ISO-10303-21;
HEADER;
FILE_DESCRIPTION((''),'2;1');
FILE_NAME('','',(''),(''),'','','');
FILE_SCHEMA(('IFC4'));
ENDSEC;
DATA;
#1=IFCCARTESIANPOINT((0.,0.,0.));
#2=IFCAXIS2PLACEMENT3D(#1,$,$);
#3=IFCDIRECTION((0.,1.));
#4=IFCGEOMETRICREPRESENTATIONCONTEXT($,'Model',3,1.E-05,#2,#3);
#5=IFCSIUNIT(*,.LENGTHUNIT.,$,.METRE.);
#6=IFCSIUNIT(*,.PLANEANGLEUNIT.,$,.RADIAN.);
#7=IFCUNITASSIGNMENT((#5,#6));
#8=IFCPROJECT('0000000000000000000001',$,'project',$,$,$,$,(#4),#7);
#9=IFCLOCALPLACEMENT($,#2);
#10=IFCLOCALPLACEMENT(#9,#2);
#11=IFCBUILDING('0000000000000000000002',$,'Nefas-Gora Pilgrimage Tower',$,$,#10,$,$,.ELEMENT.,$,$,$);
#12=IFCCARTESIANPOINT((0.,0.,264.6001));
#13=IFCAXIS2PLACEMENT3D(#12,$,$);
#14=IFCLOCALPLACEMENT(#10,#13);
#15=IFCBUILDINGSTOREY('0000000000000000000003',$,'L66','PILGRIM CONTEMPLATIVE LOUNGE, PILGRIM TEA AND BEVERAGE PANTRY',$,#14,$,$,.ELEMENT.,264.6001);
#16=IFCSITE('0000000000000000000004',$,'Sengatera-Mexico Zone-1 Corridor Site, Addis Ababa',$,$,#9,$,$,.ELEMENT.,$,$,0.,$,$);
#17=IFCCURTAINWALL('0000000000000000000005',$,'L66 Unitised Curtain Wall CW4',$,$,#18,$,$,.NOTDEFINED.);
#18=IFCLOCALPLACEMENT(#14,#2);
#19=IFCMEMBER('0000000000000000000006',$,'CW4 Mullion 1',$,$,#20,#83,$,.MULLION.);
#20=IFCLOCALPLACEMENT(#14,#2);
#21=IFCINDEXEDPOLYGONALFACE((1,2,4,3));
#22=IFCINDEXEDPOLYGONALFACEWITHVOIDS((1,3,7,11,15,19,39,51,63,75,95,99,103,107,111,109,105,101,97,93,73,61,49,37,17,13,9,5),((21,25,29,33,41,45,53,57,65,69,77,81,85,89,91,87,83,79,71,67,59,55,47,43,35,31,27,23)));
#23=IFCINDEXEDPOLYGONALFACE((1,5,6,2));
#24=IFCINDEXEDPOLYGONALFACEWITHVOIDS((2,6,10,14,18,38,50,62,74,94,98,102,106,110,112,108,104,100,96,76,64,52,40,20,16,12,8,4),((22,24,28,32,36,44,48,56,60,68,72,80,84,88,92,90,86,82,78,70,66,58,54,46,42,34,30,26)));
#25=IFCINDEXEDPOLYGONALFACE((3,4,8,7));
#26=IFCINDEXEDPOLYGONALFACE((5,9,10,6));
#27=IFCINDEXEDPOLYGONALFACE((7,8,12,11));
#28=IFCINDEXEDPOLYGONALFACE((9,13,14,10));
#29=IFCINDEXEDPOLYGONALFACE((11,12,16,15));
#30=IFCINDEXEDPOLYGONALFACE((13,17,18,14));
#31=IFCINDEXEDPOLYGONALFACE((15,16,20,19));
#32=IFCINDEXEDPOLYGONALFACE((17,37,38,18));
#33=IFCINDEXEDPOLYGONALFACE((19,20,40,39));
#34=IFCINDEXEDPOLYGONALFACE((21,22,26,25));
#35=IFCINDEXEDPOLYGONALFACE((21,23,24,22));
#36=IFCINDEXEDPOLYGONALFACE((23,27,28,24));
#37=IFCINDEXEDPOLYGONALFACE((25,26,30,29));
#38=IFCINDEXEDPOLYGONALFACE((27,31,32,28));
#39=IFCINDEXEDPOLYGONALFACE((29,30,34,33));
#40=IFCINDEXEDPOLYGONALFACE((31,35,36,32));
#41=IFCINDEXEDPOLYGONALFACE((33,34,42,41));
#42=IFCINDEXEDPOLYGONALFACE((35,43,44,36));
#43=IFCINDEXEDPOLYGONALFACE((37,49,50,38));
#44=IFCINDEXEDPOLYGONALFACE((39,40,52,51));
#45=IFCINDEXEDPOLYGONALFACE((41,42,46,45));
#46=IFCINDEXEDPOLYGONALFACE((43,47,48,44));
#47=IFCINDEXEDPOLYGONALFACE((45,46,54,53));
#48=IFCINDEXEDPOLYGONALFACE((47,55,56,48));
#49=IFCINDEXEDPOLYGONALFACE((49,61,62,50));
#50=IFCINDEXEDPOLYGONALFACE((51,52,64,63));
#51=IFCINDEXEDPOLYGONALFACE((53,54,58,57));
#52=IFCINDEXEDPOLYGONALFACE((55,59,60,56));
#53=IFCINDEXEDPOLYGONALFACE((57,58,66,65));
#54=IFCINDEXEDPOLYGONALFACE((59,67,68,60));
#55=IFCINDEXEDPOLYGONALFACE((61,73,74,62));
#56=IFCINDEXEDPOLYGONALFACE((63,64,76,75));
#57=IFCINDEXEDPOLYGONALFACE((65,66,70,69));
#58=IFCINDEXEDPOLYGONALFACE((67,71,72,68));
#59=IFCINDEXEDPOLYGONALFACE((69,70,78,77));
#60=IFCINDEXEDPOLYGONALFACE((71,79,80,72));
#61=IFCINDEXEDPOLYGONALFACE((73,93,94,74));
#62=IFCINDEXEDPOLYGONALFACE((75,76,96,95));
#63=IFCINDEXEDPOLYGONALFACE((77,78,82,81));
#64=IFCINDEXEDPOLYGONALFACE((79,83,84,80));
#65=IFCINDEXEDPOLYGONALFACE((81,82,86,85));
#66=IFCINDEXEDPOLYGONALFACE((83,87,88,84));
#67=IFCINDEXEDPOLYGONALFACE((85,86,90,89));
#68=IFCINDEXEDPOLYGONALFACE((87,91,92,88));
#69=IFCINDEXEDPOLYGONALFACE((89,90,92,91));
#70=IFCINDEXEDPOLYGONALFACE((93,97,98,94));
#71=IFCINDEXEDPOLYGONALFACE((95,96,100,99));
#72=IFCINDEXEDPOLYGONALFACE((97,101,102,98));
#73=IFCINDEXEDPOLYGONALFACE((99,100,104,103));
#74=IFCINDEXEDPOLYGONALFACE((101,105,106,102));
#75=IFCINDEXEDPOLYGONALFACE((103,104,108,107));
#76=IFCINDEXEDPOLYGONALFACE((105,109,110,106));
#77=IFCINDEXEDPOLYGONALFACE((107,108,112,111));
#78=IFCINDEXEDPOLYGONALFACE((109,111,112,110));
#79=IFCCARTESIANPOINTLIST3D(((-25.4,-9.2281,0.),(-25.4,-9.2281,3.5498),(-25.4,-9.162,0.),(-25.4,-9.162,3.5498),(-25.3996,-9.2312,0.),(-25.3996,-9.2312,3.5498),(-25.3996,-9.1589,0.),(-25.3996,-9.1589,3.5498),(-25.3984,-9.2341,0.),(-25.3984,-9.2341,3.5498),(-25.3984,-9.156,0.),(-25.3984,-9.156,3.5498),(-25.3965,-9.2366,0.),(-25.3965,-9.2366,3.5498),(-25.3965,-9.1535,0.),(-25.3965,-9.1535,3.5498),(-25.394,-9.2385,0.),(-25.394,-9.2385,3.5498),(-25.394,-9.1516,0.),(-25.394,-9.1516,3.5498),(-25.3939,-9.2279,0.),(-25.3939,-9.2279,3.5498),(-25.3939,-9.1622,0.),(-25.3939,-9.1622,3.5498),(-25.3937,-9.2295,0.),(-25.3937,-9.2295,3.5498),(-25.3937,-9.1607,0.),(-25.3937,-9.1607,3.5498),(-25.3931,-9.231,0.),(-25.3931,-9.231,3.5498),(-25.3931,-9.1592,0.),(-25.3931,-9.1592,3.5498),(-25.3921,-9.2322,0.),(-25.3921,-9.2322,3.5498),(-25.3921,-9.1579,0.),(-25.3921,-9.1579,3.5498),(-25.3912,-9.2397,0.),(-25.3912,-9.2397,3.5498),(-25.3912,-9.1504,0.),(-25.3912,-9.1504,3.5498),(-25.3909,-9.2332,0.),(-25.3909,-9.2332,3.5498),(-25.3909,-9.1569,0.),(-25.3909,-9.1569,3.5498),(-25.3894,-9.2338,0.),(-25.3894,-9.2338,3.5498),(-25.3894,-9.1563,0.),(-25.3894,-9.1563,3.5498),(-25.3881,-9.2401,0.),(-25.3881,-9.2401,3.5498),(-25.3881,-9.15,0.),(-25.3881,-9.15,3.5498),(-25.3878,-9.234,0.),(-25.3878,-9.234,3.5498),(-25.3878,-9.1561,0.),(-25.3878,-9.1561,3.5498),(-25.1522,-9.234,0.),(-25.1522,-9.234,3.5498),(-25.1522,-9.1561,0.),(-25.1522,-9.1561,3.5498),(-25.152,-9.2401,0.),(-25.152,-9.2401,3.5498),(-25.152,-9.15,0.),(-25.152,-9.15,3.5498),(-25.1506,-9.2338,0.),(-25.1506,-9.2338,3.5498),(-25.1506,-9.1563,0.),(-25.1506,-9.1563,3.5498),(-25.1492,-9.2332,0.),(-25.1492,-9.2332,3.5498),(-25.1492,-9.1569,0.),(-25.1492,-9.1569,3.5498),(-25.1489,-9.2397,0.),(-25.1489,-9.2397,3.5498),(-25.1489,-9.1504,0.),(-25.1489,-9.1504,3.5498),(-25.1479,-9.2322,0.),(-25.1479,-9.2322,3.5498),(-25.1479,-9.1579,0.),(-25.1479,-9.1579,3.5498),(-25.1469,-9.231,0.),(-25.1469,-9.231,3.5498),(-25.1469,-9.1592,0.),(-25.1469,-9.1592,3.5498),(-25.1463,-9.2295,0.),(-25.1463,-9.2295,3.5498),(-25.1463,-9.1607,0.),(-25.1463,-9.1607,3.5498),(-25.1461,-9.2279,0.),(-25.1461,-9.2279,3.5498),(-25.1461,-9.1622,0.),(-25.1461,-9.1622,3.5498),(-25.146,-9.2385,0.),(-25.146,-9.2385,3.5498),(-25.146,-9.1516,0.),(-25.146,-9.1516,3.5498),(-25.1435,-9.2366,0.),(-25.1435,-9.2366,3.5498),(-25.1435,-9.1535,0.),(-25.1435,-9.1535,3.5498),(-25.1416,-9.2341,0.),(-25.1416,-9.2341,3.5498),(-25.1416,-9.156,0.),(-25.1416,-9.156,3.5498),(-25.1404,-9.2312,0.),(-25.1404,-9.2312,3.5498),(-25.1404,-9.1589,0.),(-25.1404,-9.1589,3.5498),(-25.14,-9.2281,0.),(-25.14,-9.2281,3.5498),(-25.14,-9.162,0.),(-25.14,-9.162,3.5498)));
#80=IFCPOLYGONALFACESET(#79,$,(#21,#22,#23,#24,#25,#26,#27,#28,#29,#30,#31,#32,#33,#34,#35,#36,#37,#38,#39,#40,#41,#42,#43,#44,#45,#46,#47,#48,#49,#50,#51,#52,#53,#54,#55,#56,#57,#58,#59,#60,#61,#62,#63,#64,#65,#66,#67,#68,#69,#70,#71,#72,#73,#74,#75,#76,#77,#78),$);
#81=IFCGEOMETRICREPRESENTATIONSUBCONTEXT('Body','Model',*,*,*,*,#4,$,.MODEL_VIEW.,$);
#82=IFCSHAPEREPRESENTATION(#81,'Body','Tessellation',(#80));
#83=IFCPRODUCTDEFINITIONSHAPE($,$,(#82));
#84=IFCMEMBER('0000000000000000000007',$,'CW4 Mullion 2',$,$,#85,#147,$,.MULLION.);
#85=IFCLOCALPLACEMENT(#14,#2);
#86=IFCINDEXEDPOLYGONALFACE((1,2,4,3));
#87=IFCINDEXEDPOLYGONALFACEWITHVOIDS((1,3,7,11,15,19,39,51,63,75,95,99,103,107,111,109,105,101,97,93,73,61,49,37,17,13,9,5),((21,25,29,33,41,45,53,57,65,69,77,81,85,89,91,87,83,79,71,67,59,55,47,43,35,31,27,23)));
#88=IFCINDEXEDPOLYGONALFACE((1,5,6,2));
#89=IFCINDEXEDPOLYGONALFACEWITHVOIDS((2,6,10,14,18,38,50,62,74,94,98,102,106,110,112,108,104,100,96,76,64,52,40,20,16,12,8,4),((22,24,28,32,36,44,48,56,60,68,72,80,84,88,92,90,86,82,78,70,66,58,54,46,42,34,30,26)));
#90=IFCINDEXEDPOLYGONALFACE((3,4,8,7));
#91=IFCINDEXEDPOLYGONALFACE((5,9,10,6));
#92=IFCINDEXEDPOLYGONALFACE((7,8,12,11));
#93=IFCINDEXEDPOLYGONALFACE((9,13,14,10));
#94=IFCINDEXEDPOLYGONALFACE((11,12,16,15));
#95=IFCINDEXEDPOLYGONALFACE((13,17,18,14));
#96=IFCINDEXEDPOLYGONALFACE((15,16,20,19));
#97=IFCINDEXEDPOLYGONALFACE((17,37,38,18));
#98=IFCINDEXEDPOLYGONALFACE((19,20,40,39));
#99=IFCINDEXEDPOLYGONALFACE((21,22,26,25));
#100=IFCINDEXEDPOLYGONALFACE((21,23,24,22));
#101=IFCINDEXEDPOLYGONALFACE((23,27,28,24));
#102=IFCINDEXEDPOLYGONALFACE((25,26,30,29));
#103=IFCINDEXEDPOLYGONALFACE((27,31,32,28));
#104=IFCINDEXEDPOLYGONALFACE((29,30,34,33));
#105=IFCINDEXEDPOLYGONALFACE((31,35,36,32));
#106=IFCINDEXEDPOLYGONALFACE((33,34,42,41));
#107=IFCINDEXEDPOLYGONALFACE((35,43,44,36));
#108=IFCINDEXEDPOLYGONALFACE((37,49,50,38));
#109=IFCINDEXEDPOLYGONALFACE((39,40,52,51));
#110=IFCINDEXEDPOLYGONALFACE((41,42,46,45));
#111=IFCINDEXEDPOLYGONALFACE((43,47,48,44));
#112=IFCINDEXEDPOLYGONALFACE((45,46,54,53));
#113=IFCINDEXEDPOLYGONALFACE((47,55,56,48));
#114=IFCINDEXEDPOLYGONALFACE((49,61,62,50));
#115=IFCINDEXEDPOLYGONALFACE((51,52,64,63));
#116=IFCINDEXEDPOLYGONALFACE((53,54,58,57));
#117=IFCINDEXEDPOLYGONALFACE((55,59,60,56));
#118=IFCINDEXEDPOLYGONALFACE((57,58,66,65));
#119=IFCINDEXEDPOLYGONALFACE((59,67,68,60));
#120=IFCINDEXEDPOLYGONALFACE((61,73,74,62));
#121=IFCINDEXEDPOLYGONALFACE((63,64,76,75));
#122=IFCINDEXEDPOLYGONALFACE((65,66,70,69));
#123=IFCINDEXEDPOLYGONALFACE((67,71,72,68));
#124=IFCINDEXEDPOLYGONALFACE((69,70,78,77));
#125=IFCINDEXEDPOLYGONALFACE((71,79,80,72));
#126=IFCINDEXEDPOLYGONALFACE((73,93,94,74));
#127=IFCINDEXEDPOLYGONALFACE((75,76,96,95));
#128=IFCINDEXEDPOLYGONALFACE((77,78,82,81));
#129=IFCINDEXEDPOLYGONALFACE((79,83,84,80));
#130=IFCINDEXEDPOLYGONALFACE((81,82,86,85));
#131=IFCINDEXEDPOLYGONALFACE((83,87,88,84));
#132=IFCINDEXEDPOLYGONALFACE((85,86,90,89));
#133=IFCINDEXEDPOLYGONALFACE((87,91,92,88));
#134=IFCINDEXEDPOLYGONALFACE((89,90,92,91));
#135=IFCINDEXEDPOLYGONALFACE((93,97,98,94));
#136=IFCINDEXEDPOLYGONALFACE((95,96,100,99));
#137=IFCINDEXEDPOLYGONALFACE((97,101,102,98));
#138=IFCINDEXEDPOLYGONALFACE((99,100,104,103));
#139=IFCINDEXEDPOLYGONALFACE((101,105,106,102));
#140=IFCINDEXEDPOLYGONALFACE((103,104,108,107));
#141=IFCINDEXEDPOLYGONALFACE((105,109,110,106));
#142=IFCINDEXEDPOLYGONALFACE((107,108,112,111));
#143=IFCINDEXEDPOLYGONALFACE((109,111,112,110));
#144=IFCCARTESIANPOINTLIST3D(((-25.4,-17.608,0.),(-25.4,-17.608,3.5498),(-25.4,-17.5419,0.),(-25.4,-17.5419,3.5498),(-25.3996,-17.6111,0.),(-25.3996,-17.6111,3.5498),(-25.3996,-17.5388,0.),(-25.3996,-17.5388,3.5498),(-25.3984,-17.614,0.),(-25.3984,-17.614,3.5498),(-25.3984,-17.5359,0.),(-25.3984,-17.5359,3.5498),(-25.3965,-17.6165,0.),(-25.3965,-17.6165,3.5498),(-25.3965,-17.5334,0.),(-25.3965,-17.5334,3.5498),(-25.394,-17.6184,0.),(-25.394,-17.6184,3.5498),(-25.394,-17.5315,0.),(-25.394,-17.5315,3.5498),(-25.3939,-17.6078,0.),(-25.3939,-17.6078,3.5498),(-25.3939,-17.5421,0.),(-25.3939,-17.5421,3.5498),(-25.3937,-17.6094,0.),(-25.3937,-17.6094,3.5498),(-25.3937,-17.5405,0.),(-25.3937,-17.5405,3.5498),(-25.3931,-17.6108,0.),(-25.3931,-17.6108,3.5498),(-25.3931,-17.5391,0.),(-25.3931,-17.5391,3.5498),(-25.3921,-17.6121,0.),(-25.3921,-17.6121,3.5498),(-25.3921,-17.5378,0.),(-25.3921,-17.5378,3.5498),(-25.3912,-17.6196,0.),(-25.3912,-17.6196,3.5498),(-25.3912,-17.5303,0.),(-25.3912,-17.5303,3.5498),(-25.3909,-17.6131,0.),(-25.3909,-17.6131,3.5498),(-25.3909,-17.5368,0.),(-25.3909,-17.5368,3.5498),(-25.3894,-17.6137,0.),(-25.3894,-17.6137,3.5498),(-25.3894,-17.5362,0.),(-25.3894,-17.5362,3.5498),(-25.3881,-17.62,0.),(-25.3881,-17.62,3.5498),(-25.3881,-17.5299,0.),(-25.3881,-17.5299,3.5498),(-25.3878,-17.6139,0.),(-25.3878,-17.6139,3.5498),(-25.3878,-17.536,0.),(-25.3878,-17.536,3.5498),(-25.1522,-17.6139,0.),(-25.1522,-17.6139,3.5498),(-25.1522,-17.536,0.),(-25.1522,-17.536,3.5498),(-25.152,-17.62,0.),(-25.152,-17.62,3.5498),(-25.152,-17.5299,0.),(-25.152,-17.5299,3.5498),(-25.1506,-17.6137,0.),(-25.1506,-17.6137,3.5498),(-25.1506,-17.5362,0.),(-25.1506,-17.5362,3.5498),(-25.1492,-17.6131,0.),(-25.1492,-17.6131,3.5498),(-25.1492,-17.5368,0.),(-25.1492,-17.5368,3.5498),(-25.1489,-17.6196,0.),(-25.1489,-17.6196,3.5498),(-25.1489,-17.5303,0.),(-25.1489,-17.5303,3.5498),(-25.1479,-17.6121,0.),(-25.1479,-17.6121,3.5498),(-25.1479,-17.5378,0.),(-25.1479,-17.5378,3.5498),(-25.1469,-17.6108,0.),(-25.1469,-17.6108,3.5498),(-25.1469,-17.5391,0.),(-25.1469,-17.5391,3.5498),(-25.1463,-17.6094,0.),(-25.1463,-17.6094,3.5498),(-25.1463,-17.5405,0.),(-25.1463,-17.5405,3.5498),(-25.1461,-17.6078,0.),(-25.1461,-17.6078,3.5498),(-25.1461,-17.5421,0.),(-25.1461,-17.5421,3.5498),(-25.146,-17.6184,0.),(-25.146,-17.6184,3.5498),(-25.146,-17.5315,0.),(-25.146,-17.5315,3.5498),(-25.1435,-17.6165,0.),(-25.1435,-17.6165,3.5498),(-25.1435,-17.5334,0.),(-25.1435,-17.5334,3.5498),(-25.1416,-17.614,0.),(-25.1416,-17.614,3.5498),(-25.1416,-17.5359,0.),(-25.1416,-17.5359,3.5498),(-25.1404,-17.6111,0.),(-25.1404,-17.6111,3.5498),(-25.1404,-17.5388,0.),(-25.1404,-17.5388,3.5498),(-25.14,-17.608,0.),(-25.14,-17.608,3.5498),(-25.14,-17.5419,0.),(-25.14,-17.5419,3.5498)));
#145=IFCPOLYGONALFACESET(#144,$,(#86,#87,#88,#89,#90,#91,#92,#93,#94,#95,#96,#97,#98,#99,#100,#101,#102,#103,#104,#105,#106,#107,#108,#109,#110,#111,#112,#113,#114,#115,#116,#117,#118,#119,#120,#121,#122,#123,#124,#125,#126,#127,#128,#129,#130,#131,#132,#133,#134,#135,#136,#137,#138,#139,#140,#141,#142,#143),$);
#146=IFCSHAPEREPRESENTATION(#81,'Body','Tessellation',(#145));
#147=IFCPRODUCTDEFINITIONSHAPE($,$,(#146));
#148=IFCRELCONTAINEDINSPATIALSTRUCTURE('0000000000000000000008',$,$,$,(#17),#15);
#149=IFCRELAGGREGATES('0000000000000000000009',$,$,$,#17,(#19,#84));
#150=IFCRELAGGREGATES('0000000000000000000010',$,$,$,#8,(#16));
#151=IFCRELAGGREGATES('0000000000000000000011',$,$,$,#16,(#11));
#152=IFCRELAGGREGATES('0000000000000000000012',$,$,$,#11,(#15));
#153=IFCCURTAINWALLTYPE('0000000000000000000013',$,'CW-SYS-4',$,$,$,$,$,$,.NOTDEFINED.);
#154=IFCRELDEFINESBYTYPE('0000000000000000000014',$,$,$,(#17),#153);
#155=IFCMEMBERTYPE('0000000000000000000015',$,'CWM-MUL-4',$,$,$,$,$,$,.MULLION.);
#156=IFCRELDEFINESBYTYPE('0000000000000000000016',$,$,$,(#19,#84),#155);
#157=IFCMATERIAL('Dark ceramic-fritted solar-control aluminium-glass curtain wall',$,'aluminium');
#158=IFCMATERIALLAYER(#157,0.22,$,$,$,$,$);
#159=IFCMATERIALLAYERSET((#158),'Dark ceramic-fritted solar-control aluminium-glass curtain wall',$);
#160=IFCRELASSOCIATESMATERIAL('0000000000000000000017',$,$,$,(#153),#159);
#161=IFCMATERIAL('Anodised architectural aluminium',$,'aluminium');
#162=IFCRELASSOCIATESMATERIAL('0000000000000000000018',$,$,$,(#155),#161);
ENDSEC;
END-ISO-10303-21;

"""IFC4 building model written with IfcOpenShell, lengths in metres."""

from ifc_helpers import new_model, si_unit, direction, frame, origin, origin_2d, place, context, subcontext, project, spatial, hollow_rectangle, extrude, source, transform, mapped, material, layer, layer_set, material_profile, profile_set, type_object, element, aggregate, save


model = new_model("IFC4")

# Units and contexts
model_context = context("Model", 3, precision=1e-05, world=origin(), true_north=direction((0.0, 1.0)))
body_context = subcontext(model_context, "Body", "Model", "MODEL_VIEW")
ifc_project = project(units=[si_unit("LENGTHUNIT", "METRE"), si_unit("PLANEANGLEUNIT", "RADIAN")], contexts=[model_context])

# Site, building, storey
site_placement = place(None, origin())
site = spatial("IfcSite", under=ifc_project, at=site_placement, Name="Sengatera-Mexico Zone-1 Corridor Site, Addis Ababa", CompositionType="ELEMENT", RefElevation=0.0)
building_placement = place(site_placement, origin())
building = spatial("IfcBuilding", under=site, at=building_placement, Name="Nefas-Gora Pilgrimage Tower", CompositionType="ELEMENT")
storey_placement = place(building_placement, frame((0.0, 0.0, 264.6001)))
storey = spatial("IfcBuildingStorey", under=building, at=storey_placement, Name="L66", Description="PILGRIM CONTEMPLATIVE LOUNGE, PILGRIM TEA AND BEVERAGE PANTRY", CompositionType="ELEMENT", Elevation=264.6001)

# Curtain wall, members
ifc_material_1 = material(Name="Dark ceramic-fritted solar-control aluminium-glass curtain wall", Category="aluminium")
ifc_layer_1 = layer(ifc_material_1, 0.22)
ifc_layer_set_1 = layer_set([ifc_layer_1], Name="Dark ceramic-fritted solar-control aluminium-glass curtain wall")
curtain_wall_type = type_object("IfcCurtainWallType", Name="CW-SYS-4", PredefinedType="NOTDEFINED", material=ifc_layer_set_1)
curtain_wall_1_placement = place(storey_placement, origin())
curtain_wall_1 = element("IfcCurtainWall", 1, at=curtain_wall_1_placement, inside=storey, type_object=curtain_wall_type, Name="L66 Unitised Curtain Wall CW4", PredefinedType="NOTDEFINED")
ifc_material_2 = material(Name="Anodised architectural aluminium", Category="aluminium")
ifc_material_profile_1 = material_profile(ifc_material_2, hollow_rectangle(XDim=0.0901, YDim=0.26, WallThickness=0.0061, InnerFilletRadius=0.0061, OuterFilletRadius=0.012, at=origin_2d()), Name="ALU MULLION 90x260")
ifc_profile_set_1 = profile_set([ifc_material_profile_1], Name="Anodised architectural aluminium")
member_type_1 = type_object("IfcMemberType", Name="CWM-MUL-4", PredefinedType="MULLION", material=ifc_profile_set_1)
shared_shape_1 = source(origin(), body_context, "Body", "SweptSolid", [
    extrude(hollow_rectangle(XDim=0.0901, YDim=0.26, WallThickness=0.0061, InnerFilletRadius=0.0061, OuterFilletRadius=0.012, at=origin_2d()), origin(), (0.0, 0.0, 1.0), 3.5498),
])
member_1_placement = place(storey_placement, frame((-25.27, -9.1951, 0.0), z_axis=(0.0, 0.0, 1.0), x_axis=(0.0, -1.0, 0.0)))
member_1 = element("IfcMember", 2, at=member_1_placement, type_object=member_type_1, Name="CW4 Mullion 1", PredefinedType="MULLION", context=body_context, shape_type="MappedRepresentation", body=[
    mapped(shared_shape_1, transform((0.0, 0.0, 0.0), x_axis=(1.0, 0.0, 0.0), y_axis=(0.0, 1.0, 0.0), z_axis=(0.0, 0.0, 1.0), scale=1.0)),
])
member_2_placement = place(storey_placement, frame((-25.27, -17.575, 0.0), z_axis=(0.0, 0.0, 1.0), x_axis=(0.0, -1.0, 0.0)))
member_2 = element("IfcMember", 3, at=member_2_placement, type_object=member_type_1, Name="CW4 Mullion 2", PredefinedType="MULLION", context=body_context, shape_type="MappedRepresentation", body=[
    mapped(shared_shape_1, transform((0.0, 0.0, 0.0), x_axis=(1.0, 0.0, 0.0), y_axis=(0.0, 1.0, 0.0), z_axis=(0.0, 0.0, 1.0), scale=1.0)),
])

aggregate(curtain_wall_1, [member_1, member_2])

save(model, "model.ifc")
